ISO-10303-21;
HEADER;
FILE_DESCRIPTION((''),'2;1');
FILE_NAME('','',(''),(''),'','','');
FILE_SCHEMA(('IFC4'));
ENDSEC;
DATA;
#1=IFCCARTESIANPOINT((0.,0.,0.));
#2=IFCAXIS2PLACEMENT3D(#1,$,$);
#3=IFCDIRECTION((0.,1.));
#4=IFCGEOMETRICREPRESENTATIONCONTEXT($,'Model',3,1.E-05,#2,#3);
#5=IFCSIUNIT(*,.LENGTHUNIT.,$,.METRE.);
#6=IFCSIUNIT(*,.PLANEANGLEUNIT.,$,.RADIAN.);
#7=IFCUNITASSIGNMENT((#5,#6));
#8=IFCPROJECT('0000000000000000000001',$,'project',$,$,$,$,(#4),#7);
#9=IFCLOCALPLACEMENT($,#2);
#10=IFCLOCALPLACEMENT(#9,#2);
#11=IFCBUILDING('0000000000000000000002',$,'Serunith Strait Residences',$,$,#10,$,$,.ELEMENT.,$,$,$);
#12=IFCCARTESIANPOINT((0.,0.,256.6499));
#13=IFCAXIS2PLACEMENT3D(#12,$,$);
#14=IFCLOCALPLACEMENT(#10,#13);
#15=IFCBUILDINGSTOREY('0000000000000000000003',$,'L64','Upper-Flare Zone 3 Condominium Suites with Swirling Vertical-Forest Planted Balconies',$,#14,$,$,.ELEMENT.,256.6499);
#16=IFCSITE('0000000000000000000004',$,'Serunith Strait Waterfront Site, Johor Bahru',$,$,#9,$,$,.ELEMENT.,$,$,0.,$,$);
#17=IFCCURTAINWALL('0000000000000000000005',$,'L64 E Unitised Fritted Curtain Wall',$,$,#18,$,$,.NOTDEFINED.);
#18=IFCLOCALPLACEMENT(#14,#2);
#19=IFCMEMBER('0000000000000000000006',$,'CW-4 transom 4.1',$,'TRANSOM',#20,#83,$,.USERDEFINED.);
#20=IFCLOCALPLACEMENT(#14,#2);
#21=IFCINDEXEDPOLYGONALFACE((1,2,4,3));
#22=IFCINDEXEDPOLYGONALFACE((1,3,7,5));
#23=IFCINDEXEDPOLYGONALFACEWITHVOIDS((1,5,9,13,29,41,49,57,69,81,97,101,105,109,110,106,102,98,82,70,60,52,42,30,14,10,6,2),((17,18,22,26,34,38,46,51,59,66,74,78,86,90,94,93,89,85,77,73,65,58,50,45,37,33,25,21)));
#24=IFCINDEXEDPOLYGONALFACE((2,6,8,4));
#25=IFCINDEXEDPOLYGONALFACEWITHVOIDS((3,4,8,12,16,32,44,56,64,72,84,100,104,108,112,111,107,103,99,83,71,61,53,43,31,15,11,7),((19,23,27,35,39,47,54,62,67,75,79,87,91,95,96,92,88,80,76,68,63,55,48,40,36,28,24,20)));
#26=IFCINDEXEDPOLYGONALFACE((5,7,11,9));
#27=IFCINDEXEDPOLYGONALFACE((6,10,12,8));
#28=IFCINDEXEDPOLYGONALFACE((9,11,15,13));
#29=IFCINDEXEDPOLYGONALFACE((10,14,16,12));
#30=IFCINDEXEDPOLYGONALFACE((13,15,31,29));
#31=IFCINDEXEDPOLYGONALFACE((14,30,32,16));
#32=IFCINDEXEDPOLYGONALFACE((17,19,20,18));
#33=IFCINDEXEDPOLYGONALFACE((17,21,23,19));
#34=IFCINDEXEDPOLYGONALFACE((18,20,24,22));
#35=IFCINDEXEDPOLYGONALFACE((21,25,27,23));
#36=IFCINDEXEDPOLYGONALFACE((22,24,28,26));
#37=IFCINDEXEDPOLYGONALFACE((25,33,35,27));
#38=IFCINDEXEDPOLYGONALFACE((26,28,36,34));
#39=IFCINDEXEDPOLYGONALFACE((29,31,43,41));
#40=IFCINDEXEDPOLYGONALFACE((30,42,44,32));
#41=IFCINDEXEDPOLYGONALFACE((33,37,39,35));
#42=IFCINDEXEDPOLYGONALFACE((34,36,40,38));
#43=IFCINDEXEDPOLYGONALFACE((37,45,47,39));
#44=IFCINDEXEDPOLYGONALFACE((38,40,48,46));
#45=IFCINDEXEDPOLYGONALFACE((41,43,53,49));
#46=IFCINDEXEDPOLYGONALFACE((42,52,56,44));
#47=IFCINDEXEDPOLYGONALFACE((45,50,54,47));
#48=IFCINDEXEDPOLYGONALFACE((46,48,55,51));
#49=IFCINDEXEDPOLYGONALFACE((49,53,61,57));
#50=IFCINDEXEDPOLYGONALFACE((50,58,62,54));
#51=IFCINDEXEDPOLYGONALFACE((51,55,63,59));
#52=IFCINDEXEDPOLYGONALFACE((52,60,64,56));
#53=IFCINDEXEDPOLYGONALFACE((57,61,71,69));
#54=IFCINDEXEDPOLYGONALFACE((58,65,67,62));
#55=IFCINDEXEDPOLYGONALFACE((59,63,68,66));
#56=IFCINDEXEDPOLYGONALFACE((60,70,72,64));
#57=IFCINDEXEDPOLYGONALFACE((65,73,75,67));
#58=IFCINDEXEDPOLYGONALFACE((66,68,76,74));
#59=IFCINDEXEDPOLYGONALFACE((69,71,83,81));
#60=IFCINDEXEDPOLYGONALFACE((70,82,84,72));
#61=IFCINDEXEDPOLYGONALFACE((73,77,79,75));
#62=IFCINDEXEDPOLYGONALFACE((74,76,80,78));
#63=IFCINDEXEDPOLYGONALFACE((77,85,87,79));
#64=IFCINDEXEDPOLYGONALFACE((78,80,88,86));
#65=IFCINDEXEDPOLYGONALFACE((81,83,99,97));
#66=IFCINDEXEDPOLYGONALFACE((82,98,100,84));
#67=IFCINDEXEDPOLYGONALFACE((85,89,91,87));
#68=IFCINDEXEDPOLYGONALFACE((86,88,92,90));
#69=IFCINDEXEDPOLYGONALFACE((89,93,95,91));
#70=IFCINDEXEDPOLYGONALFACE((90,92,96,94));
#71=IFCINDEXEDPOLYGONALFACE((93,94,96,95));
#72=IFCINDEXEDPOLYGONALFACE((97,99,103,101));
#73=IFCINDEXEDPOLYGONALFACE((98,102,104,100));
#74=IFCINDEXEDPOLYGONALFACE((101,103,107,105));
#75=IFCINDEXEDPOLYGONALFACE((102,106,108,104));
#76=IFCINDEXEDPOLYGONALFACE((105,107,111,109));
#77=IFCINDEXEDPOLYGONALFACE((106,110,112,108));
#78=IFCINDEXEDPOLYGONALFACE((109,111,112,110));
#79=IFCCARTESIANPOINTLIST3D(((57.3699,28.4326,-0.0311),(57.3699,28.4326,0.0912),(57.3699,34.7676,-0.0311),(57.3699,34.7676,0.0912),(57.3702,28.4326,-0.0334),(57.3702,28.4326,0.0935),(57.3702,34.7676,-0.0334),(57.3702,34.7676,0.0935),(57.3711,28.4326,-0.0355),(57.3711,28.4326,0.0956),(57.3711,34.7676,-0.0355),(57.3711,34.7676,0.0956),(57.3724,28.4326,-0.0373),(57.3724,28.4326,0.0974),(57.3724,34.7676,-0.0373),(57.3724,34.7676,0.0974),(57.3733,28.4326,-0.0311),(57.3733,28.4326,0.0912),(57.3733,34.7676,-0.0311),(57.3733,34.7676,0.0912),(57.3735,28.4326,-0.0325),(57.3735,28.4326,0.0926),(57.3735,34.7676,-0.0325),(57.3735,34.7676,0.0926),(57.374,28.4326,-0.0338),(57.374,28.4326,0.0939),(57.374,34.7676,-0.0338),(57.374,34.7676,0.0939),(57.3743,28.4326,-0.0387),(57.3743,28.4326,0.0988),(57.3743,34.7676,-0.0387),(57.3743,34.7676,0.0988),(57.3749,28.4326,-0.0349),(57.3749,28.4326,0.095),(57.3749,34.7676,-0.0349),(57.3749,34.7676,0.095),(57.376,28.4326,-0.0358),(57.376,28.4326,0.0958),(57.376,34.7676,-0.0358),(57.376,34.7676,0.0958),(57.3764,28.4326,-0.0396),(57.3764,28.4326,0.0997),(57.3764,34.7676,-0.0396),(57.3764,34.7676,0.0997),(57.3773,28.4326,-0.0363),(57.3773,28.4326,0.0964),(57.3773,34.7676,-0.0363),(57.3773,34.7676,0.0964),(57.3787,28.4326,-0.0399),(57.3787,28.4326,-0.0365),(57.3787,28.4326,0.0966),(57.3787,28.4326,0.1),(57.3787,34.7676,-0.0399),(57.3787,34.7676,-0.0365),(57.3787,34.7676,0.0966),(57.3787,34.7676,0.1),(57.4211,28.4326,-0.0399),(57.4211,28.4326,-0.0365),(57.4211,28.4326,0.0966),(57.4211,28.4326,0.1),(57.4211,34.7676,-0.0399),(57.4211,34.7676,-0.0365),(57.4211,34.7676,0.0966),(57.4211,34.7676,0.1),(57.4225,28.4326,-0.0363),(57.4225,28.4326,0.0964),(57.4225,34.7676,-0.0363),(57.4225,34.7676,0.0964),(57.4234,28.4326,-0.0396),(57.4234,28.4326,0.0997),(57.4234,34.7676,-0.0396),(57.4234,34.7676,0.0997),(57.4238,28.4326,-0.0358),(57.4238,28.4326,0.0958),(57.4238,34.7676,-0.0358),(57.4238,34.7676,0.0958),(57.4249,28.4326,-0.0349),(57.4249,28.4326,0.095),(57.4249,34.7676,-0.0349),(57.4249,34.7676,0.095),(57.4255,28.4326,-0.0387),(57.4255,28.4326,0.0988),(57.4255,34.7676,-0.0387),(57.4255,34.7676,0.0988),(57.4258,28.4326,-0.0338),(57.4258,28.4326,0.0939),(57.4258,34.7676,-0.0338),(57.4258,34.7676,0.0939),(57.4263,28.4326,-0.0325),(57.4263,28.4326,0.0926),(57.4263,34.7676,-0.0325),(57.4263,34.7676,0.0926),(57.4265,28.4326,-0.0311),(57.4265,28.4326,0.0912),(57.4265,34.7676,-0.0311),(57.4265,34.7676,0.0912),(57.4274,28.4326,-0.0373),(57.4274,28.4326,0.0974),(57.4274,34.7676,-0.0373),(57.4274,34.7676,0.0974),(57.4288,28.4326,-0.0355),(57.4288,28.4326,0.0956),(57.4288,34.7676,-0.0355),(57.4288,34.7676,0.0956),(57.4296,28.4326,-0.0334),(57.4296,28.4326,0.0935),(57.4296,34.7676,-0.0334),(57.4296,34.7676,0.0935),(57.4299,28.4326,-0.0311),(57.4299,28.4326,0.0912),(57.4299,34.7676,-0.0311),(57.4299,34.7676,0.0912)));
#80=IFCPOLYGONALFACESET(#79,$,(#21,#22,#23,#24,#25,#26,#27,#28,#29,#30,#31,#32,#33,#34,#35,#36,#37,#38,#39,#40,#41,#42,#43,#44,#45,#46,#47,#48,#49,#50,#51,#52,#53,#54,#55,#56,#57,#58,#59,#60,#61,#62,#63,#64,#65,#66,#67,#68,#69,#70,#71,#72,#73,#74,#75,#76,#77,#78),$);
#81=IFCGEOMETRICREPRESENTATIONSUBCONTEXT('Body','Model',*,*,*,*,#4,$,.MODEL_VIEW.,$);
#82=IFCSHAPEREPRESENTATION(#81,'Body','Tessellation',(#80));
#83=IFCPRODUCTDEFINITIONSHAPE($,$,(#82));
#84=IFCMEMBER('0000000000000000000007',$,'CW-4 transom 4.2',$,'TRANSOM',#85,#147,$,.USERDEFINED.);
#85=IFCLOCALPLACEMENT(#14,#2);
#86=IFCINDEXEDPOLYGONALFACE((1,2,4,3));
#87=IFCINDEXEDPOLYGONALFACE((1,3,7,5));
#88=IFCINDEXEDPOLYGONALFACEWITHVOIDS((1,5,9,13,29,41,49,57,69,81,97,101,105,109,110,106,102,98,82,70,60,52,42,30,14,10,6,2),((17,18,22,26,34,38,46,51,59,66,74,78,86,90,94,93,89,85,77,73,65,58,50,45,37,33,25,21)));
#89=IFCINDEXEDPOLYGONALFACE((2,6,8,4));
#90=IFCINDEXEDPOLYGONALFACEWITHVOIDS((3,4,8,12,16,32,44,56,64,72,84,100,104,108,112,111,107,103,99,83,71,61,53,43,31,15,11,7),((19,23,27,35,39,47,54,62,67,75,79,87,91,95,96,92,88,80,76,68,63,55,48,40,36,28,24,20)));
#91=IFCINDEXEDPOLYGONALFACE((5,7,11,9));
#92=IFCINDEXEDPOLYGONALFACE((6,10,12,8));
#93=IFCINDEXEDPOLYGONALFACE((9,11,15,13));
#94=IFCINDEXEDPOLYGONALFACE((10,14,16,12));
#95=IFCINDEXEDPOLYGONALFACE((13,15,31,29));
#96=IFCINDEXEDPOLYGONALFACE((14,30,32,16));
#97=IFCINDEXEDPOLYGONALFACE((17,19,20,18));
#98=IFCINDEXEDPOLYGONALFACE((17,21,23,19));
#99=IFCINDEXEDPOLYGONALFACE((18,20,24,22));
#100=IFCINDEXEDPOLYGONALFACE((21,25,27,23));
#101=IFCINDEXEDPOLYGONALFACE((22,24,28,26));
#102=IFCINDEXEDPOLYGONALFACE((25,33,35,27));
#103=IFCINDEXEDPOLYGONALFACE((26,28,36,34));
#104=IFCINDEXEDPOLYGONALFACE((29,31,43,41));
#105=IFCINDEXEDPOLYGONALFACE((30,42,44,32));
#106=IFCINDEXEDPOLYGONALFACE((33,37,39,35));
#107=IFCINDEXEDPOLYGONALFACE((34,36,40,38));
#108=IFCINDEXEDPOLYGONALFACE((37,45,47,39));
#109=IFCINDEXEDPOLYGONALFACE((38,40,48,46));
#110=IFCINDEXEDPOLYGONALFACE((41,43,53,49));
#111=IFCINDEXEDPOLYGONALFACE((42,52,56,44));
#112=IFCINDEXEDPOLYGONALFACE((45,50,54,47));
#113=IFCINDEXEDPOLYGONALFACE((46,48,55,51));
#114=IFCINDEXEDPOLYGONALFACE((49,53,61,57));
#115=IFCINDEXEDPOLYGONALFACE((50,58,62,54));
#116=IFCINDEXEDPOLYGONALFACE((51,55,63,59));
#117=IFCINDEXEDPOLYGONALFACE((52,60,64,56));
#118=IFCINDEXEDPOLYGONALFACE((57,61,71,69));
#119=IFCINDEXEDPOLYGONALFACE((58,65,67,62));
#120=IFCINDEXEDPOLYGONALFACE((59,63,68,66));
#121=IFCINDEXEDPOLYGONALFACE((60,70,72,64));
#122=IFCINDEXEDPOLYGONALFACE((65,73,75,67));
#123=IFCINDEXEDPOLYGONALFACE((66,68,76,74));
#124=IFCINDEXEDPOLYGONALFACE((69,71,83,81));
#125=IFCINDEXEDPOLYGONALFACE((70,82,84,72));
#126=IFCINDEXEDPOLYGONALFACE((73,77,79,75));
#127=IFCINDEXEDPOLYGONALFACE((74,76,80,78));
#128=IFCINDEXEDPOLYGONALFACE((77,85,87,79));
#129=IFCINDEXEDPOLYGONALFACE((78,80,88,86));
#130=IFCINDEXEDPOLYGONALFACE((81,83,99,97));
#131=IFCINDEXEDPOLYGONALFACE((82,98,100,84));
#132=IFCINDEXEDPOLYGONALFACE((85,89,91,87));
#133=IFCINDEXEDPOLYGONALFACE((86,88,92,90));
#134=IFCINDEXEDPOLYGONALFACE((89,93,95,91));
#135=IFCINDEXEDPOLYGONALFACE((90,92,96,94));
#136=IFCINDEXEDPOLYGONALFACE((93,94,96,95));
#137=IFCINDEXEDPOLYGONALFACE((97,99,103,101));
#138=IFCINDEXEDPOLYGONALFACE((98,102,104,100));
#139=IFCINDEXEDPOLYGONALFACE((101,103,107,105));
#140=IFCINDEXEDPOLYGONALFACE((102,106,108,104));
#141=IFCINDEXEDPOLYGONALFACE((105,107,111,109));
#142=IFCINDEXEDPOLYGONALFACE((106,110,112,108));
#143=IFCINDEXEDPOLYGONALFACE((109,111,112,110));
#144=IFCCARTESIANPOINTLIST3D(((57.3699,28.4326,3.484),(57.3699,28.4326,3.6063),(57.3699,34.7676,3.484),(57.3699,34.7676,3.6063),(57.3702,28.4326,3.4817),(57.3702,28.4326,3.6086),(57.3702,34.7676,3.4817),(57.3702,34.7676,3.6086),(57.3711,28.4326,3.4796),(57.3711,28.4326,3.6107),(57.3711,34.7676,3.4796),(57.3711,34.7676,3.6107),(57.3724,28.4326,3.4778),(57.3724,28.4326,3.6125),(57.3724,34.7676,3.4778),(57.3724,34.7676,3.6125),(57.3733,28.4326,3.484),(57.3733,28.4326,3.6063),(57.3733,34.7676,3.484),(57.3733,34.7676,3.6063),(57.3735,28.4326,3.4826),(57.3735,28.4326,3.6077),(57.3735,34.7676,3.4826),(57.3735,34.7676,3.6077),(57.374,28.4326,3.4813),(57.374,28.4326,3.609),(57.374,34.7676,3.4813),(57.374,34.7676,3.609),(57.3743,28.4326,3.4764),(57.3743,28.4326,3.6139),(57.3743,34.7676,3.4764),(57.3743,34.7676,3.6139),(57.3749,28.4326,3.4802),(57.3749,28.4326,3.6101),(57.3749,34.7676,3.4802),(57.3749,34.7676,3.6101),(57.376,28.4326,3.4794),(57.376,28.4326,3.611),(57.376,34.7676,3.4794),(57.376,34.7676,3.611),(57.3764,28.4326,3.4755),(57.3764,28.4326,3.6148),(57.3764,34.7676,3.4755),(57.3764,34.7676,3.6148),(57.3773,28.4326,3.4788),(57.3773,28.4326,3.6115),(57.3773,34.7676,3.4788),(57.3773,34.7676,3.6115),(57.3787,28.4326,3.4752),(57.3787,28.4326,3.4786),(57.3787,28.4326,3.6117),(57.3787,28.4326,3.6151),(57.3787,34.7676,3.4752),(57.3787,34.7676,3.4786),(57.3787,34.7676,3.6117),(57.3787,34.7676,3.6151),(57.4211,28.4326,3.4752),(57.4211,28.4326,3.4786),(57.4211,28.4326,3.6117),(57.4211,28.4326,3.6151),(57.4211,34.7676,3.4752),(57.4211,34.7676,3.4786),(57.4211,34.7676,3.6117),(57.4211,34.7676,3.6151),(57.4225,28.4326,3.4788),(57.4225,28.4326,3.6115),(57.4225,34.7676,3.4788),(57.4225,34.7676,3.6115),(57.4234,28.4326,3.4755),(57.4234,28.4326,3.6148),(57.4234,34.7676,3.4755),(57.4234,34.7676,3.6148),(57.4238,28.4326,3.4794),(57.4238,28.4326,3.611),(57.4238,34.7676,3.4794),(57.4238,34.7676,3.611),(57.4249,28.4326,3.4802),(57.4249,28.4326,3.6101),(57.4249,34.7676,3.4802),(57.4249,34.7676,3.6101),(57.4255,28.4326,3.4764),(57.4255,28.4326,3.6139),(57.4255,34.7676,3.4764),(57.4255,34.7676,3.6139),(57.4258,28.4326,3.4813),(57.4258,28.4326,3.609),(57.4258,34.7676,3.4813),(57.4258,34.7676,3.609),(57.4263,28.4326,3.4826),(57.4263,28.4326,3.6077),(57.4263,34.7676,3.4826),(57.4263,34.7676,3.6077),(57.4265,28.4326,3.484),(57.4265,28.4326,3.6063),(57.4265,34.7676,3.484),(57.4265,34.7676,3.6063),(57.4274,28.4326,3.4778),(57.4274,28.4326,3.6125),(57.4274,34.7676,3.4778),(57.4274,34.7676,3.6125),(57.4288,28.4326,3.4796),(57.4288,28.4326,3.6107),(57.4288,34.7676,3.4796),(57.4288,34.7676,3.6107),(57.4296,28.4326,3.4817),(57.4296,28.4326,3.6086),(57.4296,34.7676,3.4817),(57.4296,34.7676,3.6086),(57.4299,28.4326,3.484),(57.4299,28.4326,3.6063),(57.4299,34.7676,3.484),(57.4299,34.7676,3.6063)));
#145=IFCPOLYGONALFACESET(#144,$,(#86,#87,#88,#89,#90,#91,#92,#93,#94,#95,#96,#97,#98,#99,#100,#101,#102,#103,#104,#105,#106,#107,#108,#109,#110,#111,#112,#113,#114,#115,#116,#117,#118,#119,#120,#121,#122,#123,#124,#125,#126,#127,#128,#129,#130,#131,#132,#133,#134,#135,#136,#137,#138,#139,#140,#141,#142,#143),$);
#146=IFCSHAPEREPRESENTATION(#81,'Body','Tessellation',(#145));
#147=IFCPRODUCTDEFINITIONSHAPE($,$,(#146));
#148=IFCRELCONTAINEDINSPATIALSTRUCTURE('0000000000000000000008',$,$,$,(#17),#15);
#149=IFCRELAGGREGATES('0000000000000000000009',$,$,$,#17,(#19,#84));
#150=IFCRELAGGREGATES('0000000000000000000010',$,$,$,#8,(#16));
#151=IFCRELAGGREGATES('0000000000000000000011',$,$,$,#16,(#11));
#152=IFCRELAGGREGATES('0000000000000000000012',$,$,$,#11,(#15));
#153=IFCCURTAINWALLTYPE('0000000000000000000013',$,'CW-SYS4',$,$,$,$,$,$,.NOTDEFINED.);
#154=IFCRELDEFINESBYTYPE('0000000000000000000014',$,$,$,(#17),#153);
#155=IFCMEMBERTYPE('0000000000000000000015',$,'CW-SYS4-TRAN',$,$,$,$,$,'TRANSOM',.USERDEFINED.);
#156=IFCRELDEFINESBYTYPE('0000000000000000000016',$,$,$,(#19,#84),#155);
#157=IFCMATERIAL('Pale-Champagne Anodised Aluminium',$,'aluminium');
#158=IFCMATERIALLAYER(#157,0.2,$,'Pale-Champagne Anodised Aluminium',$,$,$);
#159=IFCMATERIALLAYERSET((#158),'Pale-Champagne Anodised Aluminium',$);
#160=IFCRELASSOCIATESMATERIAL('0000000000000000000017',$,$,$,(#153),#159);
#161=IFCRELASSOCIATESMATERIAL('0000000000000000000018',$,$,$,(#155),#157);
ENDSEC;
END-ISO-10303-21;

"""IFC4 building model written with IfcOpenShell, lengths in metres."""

from ifc_helpers import new_model, si_unit, direction, frame, origin, origin_2d, place, context, subcontext, project, spatial, hollow_rectangle, extrude, source, transform, mapped, material, layer, layer_set, material_profile, profile_set, type_object, element, aggregate, save


model = new_model("IFC4")

# Units and contexts
model_context = context("Model", 3, precision=1e-05, world=origin(), true_north=direction((0.0, 1.0)))
body_context = subcontext(model_context, "Body", "Model", "MODEL_VIEW")
ifc_project = project(units=[si_unit("LENGTHUNIT", "METRE"), si_unit("PLANEANGLEUNIT", "RADIAN")], contexts=[model_context])

# Site, building, storey
site_placement = place(None, origin())
site = spatial("IfcSite", under=ifc_project, at=site_placement, Name="Serunith Strait Waterfront Site, Johor Bahru", CompositionType="ELEMENT", RefElevation=0.0)
building_placement = place(site_placement, origin())
building = spatial("IfcBuilding", under=site, at=building_placement, Name="Serunith Strait Residences", CompositionType="ELEMENT")
storey_placement = place(building_placement, frame((0.0, 0.0, 256.6499)))
storey = spatial("IfcBuildingStorey", under=building, at=storey_placement, Name="L64", Description="Upper-Flare Zone 3 Condominium Suites with Swirling Vertical-Forest Planted Balconies", CompositionType="ELEMENT", Elevation=256.6499)

# Curtain wall, members
ifc_material_1 = material(Name="Pale-Champagne Anodised Aluminium", Category="aluminium")
ifc_layer_1 = layer(ifc_material_1, 0.2, Name="Pale-Champagne Anodised Aluminium")
ifc_layer_set_1 = layer_set([ifc_layer_1], Name="Pale-Champagne Anodised Aluminium")
curtain_wall_type = type_object("IfcCurtainWallType", Name="CW-SYS4", PredefinedType="NOTDEFINED", material=ifc_layer_set_1)
curtain_wall_placement = place(storey_placement, origin())
curtain_wall = element("IfcCurtainWall", 1, at=curtain_wall_placement, inside=storey, type_object=curtain_wall_type, Name="L64 E Unitised Fritted Curtain Wall", PredefinedType="NOTDEFINED")
ifc_material_profile_1 = material_profile(ifc_material_1, hollow_rectangle(XDim=0.0601, YDim=0.1399, WallThickness=0.0034, InnerFilletRadius=0.0054, OuterFilletRadius=0.0088, at=origin_2d()), Name="ALU 140x60x3.5")
ifc_profile_set_1 = profile_set([ifc_material_profile_1], Name="Pale-Champagne Anodised Aluminium")
member_type_1 = type_object("IfcMemberType", Name="CW-SYS4-TRAN", ElementType="TRANSOM", PredefinedType="USERDEFINED", material=ifc_profile_set_1)
shared_shape_1 = source(origin(), body_context, "Body", "SweptSolid", [
    extrude(hollow_rectangle(XDim=0.0601, YDim=0.1399, WallThickness=0.0034, InnerFilletRadius=0.0054, OuterFilletRadius=0.0088, at=origin_2d()), origin(), (0.0, 0.0, 1.0), 6.335),
])
member_1_placement = place(storey_placement, frame((57.3999, 28.4326, 0.03), z_axis=(0.0, 1.0, 0.0), x_axis=(-1.0, 0.0, 0.0)))
member_1 = element("IfcMember", 2, at=member_1_placement, type_object=member_type_1, Name="CW-4 transom 4.1", ObjectType="TRANSOM", PredefinedType="USERDEFINED", context=body_context, shape_type="MappedRepresentation", body=[
    mapped(shared_shape_1, transform((0.0, 0.0, 0.0), scale=1.0)),
])
member_2_placement = place(storey_placement, frame((57.3999, 28.4326, 3.5452), z_axis=(0.0, 1.0, 0.0), x_axis=(-1.0, 0.0, 0.0)))
member_2 = element("IfcMember", 3, at=member_2_placement, type_object=member_type_1, Name="CW-4 transom 4.2", ObjectType="TRANSOM", PredefinedType="USERDEFINED", context=body_context, shape_type="MappedRepresentation", body=[
    mapped(shared_shape_1, transform((0.0, 0.0, 0.0), scale=1.0)),
])
aggregate(curtain_wall, [member_1, member_2])

save(model, "model.ifc")
